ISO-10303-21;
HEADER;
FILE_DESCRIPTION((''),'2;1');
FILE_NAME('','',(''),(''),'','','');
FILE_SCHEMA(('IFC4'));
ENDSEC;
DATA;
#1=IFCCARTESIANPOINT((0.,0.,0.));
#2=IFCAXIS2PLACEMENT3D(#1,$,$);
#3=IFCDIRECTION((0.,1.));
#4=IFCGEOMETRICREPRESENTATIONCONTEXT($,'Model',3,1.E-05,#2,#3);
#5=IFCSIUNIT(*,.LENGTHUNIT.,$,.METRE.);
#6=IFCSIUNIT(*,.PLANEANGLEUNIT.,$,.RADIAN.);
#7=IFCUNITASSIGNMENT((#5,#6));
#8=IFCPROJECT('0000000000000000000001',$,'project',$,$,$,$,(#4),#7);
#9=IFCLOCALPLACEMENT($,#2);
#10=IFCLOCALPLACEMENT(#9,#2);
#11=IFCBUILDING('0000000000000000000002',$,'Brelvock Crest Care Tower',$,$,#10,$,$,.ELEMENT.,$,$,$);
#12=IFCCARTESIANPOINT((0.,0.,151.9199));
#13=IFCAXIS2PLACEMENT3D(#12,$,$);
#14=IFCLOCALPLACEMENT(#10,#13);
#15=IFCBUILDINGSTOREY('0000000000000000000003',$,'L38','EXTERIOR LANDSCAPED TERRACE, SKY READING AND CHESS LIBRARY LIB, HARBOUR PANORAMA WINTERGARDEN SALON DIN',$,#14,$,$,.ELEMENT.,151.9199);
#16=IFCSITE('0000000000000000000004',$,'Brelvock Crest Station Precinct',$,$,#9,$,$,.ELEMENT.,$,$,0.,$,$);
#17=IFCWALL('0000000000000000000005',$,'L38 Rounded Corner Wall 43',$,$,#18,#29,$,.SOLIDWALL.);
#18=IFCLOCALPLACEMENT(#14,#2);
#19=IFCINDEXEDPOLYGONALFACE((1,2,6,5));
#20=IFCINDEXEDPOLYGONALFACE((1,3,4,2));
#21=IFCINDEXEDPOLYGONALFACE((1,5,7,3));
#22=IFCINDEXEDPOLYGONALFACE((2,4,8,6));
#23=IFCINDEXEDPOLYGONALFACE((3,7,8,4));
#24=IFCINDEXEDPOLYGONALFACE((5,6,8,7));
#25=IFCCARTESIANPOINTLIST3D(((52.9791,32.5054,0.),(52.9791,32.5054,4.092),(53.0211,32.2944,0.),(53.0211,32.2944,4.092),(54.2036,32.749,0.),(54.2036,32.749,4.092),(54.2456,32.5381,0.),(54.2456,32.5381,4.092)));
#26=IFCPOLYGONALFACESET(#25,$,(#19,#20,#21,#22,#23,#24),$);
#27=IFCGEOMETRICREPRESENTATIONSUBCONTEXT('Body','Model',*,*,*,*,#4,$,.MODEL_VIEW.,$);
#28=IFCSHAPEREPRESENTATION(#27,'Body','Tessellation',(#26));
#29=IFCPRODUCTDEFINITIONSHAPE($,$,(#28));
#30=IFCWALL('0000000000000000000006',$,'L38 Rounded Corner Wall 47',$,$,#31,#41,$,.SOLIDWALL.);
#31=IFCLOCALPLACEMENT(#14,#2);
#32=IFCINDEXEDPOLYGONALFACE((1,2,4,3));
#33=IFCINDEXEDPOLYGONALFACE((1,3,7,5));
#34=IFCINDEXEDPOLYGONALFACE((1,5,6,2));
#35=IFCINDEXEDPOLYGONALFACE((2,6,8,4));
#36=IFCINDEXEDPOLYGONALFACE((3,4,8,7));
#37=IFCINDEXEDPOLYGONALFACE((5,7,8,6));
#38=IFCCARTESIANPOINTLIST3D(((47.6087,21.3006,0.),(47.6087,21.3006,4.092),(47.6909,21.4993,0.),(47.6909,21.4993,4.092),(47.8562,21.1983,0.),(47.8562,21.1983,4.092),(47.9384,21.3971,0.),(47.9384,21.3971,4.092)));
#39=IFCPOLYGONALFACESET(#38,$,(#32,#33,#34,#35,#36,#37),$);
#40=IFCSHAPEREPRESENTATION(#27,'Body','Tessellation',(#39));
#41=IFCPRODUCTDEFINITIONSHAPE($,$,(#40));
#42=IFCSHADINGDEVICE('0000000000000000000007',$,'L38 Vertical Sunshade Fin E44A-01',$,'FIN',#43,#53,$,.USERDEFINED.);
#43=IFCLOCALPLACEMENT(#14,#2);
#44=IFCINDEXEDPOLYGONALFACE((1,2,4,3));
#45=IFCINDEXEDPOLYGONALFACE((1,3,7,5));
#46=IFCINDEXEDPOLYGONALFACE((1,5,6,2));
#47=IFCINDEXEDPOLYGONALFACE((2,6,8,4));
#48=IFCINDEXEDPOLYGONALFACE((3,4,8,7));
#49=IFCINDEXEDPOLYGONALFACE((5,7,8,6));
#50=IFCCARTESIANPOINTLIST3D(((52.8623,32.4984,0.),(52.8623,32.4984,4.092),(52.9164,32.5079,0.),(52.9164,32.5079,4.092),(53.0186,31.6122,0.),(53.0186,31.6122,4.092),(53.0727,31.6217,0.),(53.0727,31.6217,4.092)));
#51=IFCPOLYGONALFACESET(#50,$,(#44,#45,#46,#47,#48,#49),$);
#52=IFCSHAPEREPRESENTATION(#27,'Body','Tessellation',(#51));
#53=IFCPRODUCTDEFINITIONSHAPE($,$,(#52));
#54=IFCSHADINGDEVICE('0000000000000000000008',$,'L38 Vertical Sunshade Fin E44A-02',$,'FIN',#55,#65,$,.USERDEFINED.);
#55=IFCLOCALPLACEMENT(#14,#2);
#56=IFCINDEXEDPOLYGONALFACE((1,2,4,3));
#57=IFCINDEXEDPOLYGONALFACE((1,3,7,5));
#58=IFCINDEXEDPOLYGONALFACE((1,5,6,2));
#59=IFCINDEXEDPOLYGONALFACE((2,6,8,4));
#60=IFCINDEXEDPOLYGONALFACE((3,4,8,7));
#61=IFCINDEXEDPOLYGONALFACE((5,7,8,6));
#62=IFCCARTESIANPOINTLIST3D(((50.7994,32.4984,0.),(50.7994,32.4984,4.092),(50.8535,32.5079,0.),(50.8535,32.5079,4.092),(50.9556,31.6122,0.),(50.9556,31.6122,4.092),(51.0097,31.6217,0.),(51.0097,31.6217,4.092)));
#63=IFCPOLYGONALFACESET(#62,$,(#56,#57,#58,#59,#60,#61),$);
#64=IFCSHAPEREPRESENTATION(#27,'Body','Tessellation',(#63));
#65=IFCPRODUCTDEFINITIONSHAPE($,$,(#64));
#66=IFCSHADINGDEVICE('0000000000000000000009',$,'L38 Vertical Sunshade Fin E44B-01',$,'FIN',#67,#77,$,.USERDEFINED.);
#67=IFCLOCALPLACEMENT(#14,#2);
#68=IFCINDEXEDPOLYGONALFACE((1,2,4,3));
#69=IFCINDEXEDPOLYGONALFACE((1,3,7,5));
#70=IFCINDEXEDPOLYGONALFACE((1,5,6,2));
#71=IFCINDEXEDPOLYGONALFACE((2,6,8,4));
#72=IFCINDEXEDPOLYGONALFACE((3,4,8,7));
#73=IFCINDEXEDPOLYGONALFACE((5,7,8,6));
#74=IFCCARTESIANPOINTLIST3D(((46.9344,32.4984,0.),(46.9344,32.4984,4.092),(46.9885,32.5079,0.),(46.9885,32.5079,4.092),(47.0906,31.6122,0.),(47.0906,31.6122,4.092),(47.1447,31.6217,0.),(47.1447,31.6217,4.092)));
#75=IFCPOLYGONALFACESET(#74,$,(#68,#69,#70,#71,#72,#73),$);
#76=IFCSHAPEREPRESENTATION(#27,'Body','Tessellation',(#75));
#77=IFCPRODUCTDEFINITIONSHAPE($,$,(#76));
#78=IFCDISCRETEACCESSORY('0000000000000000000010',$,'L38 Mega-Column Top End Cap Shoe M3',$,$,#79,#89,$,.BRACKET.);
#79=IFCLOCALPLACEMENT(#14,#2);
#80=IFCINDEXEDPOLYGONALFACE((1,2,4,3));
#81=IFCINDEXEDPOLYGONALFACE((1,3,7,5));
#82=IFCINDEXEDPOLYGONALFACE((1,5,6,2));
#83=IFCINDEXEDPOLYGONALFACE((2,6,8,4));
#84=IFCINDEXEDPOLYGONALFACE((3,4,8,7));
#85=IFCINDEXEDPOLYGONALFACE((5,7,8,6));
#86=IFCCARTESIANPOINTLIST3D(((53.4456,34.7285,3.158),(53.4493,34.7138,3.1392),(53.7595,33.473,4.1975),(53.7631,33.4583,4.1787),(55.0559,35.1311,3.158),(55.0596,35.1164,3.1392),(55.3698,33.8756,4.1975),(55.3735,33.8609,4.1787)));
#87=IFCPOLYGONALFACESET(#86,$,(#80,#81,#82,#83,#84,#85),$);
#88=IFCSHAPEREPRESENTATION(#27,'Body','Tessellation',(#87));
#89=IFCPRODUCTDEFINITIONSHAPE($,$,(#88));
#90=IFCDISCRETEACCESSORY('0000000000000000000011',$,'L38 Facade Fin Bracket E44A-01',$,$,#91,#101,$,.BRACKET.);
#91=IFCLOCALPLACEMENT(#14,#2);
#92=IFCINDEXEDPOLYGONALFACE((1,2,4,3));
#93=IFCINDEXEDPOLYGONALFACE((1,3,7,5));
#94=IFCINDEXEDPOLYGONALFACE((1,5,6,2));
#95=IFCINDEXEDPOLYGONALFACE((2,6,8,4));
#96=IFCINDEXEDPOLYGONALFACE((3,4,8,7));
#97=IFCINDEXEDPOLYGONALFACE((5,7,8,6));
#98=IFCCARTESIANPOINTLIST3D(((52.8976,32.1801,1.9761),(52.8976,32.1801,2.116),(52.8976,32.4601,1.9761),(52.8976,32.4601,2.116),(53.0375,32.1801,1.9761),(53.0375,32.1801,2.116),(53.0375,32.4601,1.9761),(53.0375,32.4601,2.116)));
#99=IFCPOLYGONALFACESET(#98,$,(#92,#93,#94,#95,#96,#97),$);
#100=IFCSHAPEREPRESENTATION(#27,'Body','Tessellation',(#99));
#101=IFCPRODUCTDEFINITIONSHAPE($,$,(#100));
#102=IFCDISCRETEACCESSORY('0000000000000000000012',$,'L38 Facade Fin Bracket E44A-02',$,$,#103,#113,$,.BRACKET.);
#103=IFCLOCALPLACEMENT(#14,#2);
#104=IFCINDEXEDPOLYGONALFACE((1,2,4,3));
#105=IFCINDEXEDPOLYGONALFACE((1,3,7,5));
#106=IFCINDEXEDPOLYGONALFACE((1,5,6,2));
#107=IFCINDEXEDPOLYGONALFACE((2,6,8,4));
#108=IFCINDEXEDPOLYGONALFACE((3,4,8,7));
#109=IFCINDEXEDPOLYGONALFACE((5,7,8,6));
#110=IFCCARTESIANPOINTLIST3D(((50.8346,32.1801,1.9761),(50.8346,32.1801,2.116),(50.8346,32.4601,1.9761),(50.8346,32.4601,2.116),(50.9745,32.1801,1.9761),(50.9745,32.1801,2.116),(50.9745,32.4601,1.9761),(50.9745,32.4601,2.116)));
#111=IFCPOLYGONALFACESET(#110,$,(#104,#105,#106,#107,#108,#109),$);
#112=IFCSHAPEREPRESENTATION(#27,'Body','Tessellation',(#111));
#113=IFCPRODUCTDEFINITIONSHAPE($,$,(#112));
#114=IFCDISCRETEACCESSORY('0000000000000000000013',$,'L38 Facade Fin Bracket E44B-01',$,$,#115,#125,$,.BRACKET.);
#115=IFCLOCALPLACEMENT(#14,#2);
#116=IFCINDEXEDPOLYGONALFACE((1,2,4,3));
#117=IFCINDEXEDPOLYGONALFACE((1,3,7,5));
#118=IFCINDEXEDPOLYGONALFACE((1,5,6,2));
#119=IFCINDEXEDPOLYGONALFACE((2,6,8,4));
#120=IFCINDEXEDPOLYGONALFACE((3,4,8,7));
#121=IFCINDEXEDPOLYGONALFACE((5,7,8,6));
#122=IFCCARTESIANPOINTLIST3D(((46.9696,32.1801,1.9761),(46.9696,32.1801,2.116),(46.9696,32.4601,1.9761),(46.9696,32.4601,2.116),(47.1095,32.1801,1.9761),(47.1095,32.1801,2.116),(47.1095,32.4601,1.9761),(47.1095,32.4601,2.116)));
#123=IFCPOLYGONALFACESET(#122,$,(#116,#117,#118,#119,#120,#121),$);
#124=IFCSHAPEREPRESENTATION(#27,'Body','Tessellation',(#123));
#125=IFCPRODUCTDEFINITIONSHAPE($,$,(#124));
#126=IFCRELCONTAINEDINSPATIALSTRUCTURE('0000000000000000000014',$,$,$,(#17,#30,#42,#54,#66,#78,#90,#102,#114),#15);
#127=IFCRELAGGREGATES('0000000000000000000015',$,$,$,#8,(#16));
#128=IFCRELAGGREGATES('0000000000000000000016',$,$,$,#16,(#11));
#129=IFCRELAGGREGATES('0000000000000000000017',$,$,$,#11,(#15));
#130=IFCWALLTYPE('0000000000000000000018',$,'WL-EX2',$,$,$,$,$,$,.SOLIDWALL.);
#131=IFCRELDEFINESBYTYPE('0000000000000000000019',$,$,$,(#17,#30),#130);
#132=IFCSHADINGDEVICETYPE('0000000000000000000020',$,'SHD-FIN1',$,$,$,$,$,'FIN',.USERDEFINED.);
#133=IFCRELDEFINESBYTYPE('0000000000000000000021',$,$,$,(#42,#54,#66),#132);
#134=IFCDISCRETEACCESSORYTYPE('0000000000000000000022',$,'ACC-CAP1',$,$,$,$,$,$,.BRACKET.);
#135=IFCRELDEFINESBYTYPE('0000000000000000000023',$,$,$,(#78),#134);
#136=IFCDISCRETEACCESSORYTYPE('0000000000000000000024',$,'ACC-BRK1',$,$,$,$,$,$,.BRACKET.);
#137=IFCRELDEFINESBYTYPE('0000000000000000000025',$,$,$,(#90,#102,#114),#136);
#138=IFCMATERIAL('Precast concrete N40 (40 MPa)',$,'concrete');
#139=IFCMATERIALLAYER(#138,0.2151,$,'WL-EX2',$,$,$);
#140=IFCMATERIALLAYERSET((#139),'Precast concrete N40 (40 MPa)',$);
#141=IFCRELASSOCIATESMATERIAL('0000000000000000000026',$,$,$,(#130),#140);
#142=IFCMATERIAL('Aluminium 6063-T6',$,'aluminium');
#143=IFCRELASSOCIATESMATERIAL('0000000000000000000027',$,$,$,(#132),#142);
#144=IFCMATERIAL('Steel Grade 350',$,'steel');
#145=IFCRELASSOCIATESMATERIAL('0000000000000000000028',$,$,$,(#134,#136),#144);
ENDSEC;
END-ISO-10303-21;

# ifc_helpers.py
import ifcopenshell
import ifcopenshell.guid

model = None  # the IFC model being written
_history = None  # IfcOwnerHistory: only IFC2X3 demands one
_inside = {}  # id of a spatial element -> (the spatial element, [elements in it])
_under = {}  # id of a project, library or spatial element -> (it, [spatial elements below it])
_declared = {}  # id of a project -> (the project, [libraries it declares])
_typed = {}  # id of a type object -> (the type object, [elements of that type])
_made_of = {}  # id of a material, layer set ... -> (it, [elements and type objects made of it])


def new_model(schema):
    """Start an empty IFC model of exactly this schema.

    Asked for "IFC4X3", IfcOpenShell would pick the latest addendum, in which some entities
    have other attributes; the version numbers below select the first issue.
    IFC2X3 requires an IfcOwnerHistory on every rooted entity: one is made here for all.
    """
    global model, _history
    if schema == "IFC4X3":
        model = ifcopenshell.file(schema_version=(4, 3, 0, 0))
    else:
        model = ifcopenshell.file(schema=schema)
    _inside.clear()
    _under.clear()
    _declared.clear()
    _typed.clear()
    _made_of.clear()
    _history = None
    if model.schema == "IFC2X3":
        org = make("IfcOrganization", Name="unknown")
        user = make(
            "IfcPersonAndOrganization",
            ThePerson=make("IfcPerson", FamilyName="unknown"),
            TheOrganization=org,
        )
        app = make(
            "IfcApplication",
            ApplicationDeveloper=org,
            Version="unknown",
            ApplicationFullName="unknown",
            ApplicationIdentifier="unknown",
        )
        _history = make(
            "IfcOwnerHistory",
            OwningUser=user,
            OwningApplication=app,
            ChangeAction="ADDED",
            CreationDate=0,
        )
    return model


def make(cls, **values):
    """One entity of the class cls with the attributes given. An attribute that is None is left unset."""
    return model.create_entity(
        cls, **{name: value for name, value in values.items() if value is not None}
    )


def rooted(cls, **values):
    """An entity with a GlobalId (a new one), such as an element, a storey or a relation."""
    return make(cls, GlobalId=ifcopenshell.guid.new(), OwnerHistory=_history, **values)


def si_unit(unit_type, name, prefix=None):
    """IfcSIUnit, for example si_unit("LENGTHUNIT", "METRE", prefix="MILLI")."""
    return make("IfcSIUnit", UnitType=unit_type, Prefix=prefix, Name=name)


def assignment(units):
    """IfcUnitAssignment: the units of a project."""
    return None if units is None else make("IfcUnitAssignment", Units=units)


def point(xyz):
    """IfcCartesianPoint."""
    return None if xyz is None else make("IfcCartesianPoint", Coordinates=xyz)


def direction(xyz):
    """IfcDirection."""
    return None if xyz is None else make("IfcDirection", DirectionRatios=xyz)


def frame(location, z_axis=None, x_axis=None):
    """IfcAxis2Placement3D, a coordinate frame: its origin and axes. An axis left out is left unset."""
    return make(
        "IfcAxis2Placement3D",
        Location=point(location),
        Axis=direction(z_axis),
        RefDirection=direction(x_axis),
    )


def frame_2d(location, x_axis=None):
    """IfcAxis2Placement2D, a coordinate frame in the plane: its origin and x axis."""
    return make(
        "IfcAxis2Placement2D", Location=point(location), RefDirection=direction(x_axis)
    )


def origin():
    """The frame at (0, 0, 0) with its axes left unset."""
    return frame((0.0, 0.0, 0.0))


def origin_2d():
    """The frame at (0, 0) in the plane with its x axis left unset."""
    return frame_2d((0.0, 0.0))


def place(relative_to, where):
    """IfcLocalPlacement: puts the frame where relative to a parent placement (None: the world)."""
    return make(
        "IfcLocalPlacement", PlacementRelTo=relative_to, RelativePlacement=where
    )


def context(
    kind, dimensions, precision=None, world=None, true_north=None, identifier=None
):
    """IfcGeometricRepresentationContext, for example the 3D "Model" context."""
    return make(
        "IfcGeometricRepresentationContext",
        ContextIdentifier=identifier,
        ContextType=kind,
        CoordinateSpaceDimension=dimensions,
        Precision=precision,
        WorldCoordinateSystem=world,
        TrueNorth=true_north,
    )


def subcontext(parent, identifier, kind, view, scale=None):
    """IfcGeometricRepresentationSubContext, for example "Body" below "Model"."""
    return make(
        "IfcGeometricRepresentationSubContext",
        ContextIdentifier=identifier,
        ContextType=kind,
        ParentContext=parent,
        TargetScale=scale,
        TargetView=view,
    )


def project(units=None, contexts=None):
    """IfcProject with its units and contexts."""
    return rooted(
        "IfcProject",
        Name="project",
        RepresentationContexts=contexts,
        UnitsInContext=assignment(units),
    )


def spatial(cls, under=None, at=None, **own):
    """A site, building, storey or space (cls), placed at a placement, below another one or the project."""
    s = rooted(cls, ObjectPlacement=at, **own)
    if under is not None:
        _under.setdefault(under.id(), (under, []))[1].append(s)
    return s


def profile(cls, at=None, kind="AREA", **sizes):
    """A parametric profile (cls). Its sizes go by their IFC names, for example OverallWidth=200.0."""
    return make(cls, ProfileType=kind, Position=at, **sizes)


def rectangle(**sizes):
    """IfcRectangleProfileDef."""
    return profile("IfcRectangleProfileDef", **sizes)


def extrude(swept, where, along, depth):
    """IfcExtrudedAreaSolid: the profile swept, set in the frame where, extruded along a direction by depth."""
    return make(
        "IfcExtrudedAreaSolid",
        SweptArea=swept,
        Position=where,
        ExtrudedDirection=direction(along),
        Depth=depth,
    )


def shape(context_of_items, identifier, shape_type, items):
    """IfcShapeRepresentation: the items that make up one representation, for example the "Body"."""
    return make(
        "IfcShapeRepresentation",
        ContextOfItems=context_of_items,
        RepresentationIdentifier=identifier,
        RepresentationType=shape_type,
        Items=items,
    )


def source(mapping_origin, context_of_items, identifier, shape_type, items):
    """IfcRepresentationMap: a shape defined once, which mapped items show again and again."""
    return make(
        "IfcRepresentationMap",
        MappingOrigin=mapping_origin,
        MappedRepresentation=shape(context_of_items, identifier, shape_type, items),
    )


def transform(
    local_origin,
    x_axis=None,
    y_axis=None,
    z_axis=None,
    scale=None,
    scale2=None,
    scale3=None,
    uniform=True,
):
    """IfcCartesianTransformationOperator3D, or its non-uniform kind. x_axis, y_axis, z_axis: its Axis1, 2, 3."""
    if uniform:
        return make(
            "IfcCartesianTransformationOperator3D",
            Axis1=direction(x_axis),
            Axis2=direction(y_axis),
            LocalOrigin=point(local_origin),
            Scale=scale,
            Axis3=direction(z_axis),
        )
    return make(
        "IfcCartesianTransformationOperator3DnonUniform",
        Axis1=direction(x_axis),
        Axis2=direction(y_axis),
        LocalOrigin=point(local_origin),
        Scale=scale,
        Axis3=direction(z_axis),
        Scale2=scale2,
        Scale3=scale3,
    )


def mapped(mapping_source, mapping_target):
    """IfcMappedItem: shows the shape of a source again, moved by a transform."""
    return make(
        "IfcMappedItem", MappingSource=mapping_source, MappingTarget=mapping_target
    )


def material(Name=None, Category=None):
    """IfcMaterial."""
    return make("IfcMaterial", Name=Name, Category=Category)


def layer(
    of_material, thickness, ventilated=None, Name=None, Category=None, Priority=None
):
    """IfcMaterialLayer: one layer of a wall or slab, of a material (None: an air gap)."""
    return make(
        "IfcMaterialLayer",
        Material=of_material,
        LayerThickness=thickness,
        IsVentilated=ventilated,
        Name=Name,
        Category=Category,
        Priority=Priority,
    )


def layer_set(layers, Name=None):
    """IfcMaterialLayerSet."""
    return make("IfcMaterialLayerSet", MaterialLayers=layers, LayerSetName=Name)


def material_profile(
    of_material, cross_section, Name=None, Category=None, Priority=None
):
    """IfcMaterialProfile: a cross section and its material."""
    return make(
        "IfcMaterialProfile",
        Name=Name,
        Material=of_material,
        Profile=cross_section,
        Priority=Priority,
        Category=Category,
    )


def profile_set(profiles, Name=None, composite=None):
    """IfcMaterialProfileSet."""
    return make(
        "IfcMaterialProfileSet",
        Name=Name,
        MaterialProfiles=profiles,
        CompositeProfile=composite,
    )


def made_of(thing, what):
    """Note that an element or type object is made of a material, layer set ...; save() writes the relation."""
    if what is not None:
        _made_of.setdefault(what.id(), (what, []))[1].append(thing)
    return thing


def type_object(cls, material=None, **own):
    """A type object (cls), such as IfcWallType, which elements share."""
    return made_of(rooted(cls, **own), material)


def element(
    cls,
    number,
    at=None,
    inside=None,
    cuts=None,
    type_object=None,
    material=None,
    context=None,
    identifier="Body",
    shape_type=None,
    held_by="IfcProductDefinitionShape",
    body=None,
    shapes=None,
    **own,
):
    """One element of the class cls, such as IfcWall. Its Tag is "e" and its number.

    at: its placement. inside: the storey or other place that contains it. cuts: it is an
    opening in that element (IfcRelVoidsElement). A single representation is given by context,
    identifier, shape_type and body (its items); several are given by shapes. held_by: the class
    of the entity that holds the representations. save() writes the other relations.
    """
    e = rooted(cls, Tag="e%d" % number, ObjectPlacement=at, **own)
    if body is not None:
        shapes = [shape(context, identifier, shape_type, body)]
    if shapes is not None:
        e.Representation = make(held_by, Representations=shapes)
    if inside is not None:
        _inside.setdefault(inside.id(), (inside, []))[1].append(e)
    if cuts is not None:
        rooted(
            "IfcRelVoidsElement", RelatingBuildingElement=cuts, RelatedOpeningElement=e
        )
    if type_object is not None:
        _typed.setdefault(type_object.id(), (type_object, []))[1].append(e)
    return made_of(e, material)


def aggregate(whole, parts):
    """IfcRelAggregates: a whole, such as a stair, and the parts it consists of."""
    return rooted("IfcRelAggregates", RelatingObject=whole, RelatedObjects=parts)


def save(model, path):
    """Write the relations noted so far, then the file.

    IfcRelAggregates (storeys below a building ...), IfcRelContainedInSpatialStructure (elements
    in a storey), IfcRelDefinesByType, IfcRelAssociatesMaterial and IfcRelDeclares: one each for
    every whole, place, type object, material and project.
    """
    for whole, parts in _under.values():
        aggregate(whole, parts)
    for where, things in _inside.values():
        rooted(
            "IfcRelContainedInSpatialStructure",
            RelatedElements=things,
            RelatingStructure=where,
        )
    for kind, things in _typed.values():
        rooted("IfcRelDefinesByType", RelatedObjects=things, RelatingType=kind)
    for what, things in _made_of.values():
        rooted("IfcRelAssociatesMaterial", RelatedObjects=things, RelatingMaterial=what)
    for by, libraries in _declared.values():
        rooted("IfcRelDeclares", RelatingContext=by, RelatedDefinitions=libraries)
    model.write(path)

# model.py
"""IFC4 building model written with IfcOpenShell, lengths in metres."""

from ifc_helpers import new_model, si_unit, direction, frame, frame_2d, origin, origin_2d, place, context, subcontext, project, spatial, rectangle, extrude, source, transform, mapped, material, layer, layer_set, material_profile, profile_set, type_object, element, save


model = new_model("IFC4")

# Units and contexts
model_context = context("Model", 3, precision=1e-05, world=origin(), true_north=direction((0.0, 1.0)))
body_context = subcontext(model_context, "Body", "Model", "MODEL_VIEW")
ifc_project = project(units=[si_unit("LENGTHUNIT", "METRE"), si_unit("PLANEANGLEUNIT", "RADIAN")], contexts=[model_context])

# Site, building, storey
site_placement = place(None, origin())
site = spatial("IfcSite", under=ifc_project, at=site_placement, Name="Brelvock Crest Station Precinct", CompositionType="ELEMENT", RefElevation=0.0)
building_placement = place(site_placement, origin())
building = spatial("IfcBuilding", under=site, at=building_placement, Name="Brelvock Crest Care Tower", CompositionType="ELEMENT")
storey_placement = place(building_placement, frame((0.0, 0.0, 151.9199)))
storey = spatial("IfcBuildingStorey", under=building, at=storey_placement, Name="L38", Description="EXTERIOR LANDSCAPED TERRACE, SKY READING AND CHESS LIBRARY LIB, HARBOUR PANORAMA WINTERGARDEN SALON DIN", CompositionType="ELEMENT", Elevation=151.9199)

# Shared definitions
ifc_material_1 = material(Name="Steel Grade 350", Category="steel")

# Shared definitions
ifc_material_2 = material(Name="Aluminium 6063-T6", Category="aluminium")

# Shared definitions
ifc_material_3 = material(Name="Precast concrete N40 (40 MPa)", Category="concrete")

# Walls
ifc_layer_1 = layer(ifc_material_3, 0.2151, Name="WL-EX2")
ifc_layer_set_1 = layer_set([ifc_layer_1], Name="Precast concrete N40 (40 MPa)")
wall_type_1 = type_object("IfcWallType", Name="WL-EX2", PredefinedType="SOLIDWALL", material=ifc_layer_set_1)
for number, where, z_axis, x_axis, name in (
    (1, (54.2246, 32.6436, 0.0), (0.0, 0.0, 1.0), (-0.980776, -0.195138, 0.0), "L38 Rounded Corner Wall 43"),
):
    element("IfcWall", number, at=place(storey_placement, frame(where, z_axis=z_axis, x_axis=x_axis)), inside=storey, type_object=wall_type_1, Name=name, PredefinedType="SOLIDWALL", context=body_context, shape_type="SweptSolid", body=[
        extrude(rectangle(XDim=1.2485, YDim=0.2151, at=frame_2d((0.6243, 0.0))), origin(), (0.0, 0.0, 1.0), 4.092),
    ])
wall_1_placement = place(storey_placement, frame((47.6499, 21.3999, 0.0), z_axis=(0.0, 0.0, 1.0), x_axis=(0.924205, -0.381896, 0.0)))
element("IfcWall", 2, at=wall_1_placement, inside=storey, type_object=wall_type_1, Name="L38 Rounded Corner Wall 47", PredefinedType="SOLIDWALL", context=body_context, shape_type="SweptSolid", body=[
    extrude(rectangle(XDim=0.2678, YDim=0.2151, at=frame_2d((0.1338, 0.0))), origin(), (0.0, 0.0, 1.0), 4.092),
])

# Shading devices
ifc_material_profile_1 = material_profile(ifc_material_2, rectangle(XDim=0.0549, YDim=0.8999, at=origin_2d()), Name="FIN55x900")
ifc_profile_set_1 = profile_set([ifc_material_profile_1], Name="Aluminium 6063-T6")
shading_device_type = type_object("IfcShadingDeviceType", Name="SHD-FIN1", ElementType="FIN", PredefinedType="USERDEFINED", material=ifc_profile_set_1)
shared_shape_1 = source(origin(), body_context, "Body", "SweptSolid", [
    extrude(rectangle(XDim=0.0549, YDim=0.8999, at=origin_2d()), origin(), (0.0, 0.0, 1.0), 4.092),
])
for number, where, z_axis, x_axis, name in (
    (3, (52.9675, 32.0601, 0.0), (0.0, 0.0, 1.0), (-0.984808, -0.173648, 0.0), "L38 Vertical Sunshade Fin E44A-01"),
    (4, (50.9045, 32.0601, 0.0), (0.0, 0.0, 1.0), (-0.984808, -0.173648, 0.0), "L38 Vertical Sunshade Fin E44A-02"),
    (5, (47.0396, 32.0601, 0.0), (0.0, 0.0, 1.0), (-0.984808, -0.173648, 0.0), "L38 Vertical Sunshade Fin E44B-01"),
):
    element("IfcShadingDevice", number, at=place(storey_placement, frame(where, z_axis=z_axis, x_axis=x_axis)), inside=storey, type_object=shading_device_type, Name=name, ObjectType="FIN", PredefinedType="USERDEFINED", context=body_context, shape_type="MappedRepresentation", body=[
        mapped(shared_shape_1, transform((0.0, 0.0, 0.0), x_axis=(1.0, 0.0, 0.0), y_axis=(0.0, 1.0, 0.0), z_axis=(0.0, 0.0, 1.0), scale=1.0)),
    ])

# Discrete accessories
ifc_material_profile_2 = material_profile(ifc_material_1, rectangle(XDim=1.6599, YDim=1.6599, at=origin_2d()), Name="ACC-CAP1")
ifc_profile_set_2 = profile_set([ifc_material_profile_2], Name="Steel Grade 350")
discrete_accessory_type_1 = type_object("IfcDiscreteAccessoryType", Name="ACC-CAP1", PredefinedType="BRACKET", material=ifc_profile_set_2)
shared_shape_2 = source(origin(), body_context, "Body", "SweptSolid", [
    extrude(rectangle(XDim=1.6599, YDim=1.6599, at=origin_2d()), origin(), (0.0, 0.0, 1.0), 0.0242),
])
discrete_accessory_placement = place(storey_placement, frame((54.4114, 34.2874, 3.6589), z_axis=(-0.15188, 0.607519, 0.779649), x_axis=(-0.970143, -0.242536, 0.0)))
element("IfcDiscreteAccessory", 6, at=discrete_accessory_placement, inside=storey, type_object=discrete_accessory_type_1, Name="L38 Mega-Column Top End Cap Shoe M3", PredefinedType="BRACKET", context=body_context, shape_type="MappedRepresentation", body=[
    mapped(shared_shape_2, transform((0.0, 0.0, 0.0), x_axis=(1.0, 0.0, 0.0), y_axis=(0.0, 1.0, 0.0), z_axis=(0.0, 0.0, 1.0), scale=1.0)),
])
discrete_accessory_type_2 = type_object("IfcDiscreteAccessoryType", Name="ACC-BRK1", PredefinedType="BRACKET", material=ifc_material_1)
shared_shape_3 = source(origin(), body_context, "Body", "SweptSolid", [
    extrude(rectangle(XDim=0.28, YDim=0.1399, at=origin_2d()), origin(), (0.0, 0.0, 1.0), 0.1399),
])
for number, where, z_axis, x_axis, name in (
    (7, (52.9675, 32.3201, 1.9761), (0.0, 0.0, 1.0), (0.0, -1.0, 0.0), "L38 Facade Fin Bracket E44A-01"),
    (8, (50.9045, 32.3201, 1.9761), (0.0, 0.0, 1.0), (0.0, -1.0, 0.0), "L38 Facade Fin Bracket E44A-02"),
    (9, (47.0396, 32.3201, 1.9761), (0.0, 0.0, 1.0), (0.0, -1.0, 0.0), "L38 Facade Fin Bracket E44B-01"),
):
    element("IfcDiscreteAccessory", number, at=place(storey_placement, frame(where, z_axis=z_axis, x_axis=x_axis)), inside=storey, type_object=discrete_accessory_type_2, Name=name, PredefinedType="BRACKET", context=body_context, shape_type="MappedRepresentation", body=[
        mapped(shared_shape_3, transform((0.0, 0.0, 0.0), x_axis=(1.0, 0.0, 0.0), y_axis=(0.0, 1.0, 0.0), z_axis=(0.0, 0.0, 1.0), scale=1.0)),
    ])

save(model, "model.ifc")
